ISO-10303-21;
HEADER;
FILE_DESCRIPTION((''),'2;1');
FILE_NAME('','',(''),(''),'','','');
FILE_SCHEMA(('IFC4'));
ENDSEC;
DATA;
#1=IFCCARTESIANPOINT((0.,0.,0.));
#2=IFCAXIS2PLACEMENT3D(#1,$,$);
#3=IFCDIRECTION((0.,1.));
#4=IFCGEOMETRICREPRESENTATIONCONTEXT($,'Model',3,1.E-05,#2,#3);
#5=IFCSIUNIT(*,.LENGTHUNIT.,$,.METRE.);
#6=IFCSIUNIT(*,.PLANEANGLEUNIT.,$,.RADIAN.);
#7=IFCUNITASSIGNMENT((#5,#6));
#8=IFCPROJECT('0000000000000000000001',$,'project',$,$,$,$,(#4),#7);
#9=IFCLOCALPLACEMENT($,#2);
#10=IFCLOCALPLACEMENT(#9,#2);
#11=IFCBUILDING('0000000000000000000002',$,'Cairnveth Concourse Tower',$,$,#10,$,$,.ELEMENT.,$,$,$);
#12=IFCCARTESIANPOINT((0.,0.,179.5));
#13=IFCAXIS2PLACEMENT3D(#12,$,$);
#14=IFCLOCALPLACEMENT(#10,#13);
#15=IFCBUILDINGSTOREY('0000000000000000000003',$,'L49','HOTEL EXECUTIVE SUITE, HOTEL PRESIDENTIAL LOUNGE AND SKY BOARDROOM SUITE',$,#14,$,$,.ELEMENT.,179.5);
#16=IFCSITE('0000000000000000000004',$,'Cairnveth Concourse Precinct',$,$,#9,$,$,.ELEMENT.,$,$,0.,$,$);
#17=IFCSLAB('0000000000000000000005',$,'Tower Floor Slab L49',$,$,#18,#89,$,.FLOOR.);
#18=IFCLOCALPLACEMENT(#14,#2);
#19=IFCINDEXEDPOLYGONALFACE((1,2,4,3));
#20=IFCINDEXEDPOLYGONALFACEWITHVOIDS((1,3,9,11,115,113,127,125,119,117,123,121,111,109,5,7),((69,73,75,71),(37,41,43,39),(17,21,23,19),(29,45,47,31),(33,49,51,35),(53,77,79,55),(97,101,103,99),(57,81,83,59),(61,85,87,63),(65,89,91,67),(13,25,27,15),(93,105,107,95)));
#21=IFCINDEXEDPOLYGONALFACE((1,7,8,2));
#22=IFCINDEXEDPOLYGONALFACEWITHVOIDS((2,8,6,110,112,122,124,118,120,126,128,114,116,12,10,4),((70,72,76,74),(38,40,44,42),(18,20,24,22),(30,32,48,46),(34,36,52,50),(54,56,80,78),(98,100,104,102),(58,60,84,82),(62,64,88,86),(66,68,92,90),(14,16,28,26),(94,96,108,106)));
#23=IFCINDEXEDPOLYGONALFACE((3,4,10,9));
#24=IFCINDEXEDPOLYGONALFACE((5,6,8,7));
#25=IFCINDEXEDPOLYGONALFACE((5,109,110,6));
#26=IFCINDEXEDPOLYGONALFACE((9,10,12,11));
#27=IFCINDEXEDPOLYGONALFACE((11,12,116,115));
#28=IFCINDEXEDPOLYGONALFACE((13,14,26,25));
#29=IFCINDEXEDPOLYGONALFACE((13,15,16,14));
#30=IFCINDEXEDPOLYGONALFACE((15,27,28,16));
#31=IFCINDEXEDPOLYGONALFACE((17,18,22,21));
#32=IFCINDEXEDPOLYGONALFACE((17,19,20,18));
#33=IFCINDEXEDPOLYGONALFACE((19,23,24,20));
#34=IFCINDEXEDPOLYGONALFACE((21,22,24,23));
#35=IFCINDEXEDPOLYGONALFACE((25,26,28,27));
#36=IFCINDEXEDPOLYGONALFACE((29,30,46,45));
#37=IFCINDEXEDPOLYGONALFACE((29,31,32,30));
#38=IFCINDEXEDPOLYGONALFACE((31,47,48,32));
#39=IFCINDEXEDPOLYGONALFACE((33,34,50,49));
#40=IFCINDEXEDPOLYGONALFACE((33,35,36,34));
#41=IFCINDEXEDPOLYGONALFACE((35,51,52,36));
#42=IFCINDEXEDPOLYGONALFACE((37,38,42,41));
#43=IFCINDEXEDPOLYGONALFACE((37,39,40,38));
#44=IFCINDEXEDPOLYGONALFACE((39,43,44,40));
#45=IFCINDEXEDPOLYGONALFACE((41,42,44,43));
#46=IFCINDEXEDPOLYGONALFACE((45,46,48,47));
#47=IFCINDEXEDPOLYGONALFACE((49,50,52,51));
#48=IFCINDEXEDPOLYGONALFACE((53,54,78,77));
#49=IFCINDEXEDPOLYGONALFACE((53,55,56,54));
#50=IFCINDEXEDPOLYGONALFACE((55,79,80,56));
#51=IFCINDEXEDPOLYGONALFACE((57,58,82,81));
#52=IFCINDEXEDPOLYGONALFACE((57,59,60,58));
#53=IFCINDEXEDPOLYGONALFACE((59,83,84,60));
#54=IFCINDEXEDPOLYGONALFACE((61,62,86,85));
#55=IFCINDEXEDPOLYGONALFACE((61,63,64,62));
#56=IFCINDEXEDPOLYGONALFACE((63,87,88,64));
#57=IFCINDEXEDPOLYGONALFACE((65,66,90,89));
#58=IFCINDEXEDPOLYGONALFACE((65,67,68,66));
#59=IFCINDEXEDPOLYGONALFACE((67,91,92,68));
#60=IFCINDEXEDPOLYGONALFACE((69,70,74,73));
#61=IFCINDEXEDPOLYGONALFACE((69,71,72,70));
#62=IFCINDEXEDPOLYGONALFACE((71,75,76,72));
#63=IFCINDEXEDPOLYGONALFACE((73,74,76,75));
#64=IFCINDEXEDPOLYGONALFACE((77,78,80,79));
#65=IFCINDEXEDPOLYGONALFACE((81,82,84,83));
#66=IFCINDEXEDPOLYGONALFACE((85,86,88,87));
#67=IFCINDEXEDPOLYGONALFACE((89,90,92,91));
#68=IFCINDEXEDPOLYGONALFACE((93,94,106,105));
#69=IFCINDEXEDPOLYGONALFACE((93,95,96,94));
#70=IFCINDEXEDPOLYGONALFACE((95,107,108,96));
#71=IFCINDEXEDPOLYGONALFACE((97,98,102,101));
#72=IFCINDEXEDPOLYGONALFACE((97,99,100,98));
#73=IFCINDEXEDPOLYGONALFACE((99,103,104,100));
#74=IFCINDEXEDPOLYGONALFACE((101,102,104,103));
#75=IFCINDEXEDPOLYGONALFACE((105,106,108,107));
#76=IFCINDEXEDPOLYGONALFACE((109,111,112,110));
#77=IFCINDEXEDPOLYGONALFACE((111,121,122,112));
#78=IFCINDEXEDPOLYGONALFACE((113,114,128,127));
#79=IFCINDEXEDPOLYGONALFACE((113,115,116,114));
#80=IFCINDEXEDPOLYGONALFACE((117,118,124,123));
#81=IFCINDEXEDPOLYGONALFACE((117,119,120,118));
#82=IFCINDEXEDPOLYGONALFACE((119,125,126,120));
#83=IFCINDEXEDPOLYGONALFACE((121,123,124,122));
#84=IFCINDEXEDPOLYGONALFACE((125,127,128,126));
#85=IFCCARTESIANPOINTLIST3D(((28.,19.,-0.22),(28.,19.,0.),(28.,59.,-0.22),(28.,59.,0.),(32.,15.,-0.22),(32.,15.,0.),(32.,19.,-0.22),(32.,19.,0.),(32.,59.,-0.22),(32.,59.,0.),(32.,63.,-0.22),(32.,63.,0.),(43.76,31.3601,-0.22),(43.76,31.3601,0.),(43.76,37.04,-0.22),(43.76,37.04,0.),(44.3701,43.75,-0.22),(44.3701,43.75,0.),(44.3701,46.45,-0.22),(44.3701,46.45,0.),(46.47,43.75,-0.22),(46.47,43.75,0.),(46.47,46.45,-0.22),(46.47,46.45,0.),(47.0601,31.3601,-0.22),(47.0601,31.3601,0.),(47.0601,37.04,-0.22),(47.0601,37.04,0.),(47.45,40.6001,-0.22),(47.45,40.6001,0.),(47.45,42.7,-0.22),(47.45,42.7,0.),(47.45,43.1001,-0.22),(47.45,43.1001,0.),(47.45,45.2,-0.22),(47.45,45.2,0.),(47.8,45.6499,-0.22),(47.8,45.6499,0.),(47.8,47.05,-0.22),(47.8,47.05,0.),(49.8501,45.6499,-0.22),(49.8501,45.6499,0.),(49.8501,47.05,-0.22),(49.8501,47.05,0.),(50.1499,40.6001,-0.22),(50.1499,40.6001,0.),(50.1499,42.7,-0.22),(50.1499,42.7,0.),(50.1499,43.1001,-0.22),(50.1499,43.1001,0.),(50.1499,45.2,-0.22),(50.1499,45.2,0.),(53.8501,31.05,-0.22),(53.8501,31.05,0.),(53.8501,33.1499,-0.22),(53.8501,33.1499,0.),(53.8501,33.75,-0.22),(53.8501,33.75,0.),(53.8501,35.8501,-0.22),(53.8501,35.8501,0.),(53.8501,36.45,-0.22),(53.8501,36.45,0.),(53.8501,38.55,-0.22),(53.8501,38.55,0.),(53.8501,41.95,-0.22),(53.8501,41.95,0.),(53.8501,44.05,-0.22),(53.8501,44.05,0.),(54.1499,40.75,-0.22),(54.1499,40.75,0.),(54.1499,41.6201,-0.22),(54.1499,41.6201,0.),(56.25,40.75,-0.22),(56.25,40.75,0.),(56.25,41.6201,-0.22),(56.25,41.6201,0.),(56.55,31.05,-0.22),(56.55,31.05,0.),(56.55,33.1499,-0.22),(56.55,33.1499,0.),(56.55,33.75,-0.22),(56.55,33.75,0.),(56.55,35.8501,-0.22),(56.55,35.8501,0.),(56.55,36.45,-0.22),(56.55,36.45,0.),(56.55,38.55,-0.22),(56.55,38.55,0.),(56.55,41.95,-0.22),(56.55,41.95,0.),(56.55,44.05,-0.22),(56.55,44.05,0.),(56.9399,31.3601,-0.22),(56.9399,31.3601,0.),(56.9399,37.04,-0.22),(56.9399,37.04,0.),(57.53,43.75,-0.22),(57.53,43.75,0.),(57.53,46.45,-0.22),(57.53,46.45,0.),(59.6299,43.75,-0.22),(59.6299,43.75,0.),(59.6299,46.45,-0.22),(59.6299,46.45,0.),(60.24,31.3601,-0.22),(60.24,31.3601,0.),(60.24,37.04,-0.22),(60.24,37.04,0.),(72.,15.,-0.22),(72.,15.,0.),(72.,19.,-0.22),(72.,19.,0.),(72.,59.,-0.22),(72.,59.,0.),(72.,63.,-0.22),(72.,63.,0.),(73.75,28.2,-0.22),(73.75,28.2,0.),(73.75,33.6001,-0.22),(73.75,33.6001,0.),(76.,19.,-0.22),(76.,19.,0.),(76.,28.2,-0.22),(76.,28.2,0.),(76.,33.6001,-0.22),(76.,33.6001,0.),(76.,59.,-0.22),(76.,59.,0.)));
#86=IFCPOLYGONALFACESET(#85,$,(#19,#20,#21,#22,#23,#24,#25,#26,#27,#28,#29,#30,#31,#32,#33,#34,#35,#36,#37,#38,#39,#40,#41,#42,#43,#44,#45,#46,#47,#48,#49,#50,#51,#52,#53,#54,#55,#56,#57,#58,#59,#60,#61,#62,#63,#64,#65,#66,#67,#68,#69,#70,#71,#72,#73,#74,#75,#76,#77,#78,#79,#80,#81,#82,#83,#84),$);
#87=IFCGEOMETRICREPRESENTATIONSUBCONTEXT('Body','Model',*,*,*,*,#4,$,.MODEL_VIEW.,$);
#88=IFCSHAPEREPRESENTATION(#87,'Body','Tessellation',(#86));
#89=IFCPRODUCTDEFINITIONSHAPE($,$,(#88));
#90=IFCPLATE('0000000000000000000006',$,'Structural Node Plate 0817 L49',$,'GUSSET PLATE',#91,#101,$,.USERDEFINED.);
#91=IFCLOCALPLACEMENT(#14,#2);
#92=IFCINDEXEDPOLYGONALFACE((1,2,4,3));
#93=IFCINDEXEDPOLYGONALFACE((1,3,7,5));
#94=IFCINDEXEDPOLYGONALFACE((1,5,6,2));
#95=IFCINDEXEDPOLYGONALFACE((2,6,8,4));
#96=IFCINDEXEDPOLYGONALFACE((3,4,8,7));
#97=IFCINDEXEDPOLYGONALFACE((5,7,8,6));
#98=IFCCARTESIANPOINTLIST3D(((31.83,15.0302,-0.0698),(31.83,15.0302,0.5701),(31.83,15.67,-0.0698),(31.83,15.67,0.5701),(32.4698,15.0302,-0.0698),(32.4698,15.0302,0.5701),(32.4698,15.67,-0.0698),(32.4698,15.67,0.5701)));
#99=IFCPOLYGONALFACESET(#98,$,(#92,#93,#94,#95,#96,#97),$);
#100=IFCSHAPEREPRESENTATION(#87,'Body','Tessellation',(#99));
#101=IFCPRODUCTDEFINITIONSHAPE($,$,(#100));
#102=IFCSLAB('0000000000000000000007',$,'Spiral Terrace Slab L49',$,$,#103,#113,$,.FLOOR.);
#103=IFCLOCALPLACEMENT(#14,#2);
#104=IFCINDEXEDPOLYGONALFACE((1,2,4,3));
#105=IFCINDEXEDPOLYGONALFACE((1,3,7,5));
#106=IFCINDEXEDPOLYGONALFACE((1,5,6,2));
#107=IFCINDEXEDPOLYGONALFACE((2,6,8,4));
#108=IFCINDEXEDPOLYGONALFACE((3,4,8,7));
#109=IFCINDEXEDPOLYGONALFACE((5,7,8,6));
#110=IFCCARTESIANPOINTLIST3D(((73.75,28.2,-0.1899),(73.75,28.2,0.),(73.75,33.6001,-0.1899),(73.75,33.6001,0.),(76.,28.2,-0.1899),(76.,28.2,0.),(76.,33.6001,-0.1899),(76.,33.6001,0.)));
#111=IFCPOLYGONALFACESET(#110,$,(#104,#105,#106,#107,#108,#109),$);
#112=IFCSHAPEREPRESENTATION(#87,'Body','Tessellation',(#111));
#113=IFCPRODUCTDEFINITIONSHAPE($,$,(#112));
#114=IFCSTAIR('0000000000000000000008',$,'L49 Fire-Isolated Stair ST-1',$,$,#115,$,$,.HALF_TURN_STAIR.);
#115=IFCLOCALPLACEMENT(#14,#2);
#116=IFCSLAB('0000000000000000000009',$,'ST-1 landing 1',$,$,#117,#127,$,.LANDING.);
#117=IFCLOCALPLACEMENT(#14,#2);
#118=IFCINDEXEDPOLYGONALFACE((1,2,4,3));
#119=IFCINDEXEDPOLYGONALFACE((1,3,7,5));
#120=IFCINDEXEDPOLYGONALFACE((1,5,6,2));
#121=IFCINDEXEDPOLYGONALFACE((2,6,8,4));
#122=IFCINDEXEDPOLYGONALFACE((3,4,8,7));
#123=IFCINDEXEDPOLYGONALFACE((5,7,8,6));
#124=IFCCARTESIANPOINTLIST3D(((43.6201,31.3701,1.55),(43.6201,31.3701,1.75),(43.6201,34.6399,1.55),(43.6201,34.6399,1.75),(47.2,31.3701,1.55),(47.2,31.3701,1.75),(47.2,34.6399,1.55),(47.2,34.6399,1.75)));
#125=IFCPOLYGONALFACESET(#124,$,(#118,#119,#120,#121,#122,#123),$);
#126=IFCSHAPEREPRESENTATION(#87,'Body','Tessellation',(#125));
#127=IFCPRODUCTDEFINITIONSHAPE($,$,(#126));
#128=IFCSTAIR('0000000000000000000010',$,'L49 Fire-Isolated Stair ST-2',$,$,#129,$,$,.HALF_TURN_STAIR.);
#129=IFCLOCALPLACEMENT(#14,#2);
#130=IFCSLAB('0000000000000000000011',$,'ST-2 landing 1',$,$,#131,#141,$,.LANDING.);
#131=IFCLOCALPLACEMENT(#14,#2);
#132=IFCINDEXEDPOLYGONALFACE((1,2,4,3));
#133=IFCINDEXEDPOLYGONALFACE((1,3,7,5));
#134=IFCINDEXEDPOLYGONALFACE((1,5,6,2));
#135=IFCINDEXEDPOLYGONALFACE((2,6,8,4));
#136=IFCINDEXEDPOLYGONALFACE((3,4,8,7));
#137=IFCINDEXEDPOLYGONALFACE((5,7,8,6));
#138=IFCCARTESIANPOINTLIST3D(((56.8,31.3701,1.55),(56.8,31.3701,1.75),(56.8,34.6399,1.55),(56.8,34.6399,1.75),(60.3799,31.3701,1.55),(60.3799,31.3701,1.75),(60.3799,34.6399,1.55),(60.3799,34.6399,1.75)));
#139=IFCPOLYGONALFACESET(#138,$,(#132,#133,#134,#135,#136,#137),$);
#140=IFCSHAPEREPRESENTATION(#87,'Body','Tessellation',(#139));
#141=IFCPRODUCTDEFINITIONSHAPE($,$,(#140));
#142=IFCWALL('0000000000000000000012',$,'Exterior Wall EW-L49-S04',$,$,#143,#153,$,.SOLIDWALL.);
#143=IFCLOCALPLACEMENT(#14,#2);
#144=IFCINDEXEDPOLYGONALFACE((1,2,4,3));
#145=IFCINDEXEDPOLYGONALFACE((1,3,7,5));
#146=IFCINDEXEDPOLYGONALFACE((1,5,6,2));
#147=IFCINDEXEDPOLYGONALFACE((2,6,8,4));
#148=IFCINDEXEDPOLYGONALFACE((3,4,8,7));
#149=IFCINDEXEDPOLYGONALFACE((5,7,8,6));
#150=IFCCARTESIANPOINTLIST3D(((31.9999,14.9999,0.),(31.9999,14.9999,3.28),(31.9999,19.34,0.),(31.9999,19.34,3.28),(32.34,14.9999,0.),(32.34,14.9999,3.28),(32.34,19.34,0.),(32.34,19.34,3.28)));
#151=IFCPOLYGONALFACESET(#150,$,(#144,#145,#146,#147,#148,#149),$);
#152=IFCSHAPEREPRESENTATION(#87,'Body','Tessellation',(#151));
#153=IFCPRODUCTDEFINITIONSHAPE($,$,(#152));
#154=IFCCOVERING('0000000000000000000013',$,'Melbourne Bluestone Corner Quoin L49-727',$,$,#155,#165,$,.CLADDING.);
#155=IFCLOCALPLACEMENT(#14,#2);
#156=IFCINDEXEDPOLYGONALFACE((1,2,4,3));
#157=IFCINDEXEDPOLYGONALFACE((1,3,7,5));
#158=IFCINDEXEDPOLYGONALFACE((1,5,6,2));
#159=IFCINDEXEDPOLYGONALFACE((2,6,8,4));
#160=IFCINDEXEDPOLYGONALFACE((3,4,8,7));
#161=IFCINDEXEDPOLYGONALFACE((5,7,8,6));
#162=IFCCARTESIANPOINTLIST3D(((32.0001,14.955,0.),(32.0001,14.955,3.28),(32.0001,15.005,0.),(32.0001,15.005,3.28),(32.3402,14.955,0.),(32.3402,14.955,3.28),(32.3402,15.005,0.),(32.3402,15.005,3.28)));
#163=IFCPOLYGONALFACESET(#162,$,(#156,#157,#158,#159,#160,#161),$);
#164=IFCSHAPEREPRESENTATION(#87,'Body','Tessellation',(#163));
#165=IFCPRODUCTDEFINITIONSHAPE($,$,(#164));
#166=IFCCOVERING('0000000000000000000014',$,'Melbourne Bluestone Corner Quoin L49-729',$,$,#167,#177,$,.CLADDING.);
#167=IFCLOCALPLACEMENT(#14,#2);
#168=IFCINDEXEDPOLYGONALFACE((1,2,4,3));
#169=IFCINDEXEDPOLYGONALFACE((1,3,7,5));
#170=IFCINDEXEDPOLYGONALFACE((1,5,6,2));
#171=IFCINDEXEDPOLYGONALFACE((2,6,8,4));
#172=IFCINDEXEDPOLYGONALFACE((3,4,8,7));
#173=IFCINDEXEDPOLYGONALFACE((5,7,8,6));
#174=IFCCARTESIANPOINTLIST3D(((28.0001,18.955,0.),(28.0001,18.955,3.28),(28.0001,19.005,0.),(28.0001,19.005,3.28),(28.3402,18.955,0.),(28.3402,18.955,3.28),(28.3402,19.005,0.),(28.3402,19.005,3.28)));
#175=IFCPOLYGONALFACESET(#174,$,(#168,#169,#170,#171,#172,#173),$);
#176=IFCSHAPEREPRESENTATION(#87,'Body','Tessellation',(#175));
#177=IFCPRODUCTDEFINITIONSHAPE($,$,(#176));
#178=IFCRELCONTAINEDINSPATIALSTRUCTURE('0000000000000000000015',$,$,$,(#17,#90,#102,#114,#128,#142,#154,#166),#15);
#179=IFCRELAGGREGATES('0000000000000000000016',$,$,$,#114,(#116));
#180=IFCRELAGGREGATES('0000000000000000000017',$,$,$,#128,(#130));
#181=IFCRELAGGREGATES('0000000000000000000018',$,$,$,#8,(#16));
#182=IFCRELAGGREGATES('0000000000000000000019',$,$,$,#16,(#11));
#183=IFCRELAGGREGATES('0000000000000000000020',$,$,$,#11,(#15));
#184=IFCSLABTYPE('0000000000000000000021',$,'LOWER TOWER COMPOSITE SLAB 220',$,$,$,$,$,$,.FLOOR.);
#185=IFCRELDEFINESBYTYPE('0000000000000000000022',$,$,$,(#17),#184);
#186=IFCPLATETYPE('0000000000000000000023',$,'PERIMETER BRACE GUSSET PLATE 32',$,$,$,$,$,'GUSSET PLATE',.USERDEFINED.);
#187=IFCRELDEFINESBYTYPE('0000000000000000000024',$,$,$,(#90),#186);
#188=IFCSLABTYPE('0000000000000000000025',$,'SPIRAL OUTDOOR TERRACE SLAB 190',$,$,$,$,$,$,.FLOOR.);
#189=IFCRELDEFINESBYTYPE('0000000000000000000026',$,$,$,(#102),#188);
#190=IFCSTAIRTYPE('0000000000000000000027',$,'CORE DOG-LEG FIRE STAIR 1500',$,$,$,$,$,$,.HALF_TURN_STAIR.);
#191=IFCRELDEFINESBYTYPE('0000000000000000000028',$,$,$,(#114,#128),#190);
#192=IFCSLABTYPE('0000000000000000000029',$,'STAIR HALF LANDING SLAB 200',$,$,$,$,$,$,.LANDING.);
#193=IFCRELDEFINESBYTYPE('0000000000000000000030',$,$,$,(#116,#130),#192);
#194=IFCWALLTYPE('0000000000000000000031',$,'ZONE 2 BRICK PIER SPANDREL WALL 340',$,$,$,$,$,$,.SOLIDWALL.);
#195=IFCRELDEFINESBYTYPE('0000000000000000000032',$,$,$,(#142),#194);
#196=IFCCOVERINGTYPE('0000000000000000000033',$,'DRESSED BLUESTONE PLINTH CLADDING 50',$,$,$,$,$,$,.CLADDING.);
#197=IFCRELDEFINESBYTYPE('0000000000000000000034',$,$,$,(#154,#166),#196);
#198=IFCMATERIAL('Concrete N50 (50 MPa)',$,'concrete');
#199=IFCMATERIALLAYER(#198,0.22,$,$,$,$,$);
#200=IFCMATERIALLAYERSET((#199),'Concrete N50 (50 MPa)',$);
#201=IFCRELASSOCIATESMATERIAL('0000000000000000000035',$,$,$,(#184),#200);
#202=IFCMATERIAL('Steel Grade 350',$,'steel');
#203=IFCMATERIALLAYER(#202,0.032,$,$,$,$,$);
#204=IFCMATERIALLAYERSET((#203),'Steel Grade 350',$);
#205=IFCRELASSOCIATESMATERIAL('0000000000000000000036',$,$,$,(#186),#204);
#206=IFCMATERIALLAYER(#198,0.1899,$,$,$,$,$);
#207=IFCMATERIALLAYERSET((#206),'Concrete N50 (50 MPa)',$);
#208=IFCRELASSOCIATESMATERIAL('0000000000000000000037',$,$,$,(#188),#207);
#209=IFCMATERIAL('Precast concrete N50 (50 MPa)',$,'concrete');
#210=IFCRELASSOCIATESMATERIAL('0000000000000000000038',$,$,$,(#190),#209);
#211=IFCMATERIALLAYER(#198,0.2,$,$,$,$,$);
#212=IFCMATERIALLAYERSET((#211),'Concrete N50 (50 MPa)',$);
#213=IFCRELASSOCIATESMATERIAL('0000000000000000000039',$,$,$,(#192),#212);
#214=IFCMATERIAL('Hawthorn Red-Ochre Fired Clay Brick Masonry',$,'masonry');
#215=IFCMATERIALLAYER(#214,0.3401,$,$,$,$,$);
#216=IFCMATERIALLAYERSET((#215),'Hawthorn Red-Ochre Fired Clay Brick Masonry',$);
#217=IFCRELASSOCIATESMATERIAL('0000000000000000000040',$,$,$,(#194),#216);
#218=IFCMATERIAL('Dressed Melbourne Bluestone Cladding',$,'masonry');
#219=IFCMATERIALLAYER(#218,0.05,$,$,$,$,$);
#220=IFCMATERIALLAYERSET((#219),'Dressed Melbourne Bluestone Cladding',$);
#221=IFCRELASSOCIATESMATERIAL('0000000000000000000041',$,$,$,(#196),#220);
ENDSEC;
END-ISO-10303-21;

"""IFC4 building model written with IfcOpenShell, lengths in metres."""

from ifc_helpers import new_model, si_unit, direction, frame, frame_2d, origin, origin_2d, place, context, subcontext, project, spatial, polyline, rectangle, outline, extrude, material, layer, layer_set, type_object, element, aggregate, save


model = new_model("IFC4")

# Units and contexts
model_context = context("Model", 3, precision=1e-05, world=origin(), true_north=direction((0.0, 1.0)))
body_context = subcontext(model_context, "Body", "Model", "MODEL_VIEW")
ifc_project = project(units=[si_unit("LENGTHUNIT", "METRE"), si_unit("PLANEANGLEUNIT", "RADIAN")], contexts=[model_context])

# Site, building, storey
site_placement = place(None, origin())
site = spatial("IfcSite", under=ifc_project, at=site_placement, Name="Cairnveth Concourse Precinct", CompositionType="ELEMENT", RefElevation=0.0)
building_placement = place(site_placement, origin())
building = spatial("IfcBuilding", under=site, at=building_placement, Name="Cairnveth Concourse Tower", CompositionType="ELEMENT")
storey_placement = place(building_placement, frame((0.0, 0.0, 179.5)))
storey = spatial("IfcBuildingStorey", under=building, at=storey_placement, Name="L49", Description="HOTEL EXECUTIVE SUITE, HOTEL PRESIDENTIAL LOUNGE AND SKY BOARDROOM SUITE", CompositionType="ELEMENT", Elevation=179.5)

# Shared definitions
ifc_material_1 = material(Name="Steel Grade 350", Category="steel")

# Slab
ifc_material_2 = material(Name="Concrete N50 (50 MPa)", Category="concrete")
ifc_layer_1 = layer(ifc_material_2, 0.22)
ifc_layer_set_1 = layer_set([ifc_layer_1], Name="Concrete N50 (50 MPa)")
slab_type_1 = type_object("IfcSlabType", Name="LOWER TOWER COMPOSITE SLAB 220", PredefinedType="FLOOR", material=ifc_layer_set_1)
slab_1_placement = place(storey_placement, frame((0.0, 0.0, -0.22)))
element("IfcSlab", 1, at=slab_1_placement, inside=storey, type_object=slab_type_1, Name="Tower Floor Slab L49", PredefinedType="FLOOR", context=body_context, shape_type="SweptSolid", body=[
    extrude(outline(polyline([(76.0, 28.2), (73.75, 28.2), (73.75, 33.6001), (76.0, 33.6001), (76.0, 59.0), (72.0, 59.0), (72.0, 63.0), (32.0, 63.0), (32.0, 59.0), (28.0, 59.0), (28.0, 19.0), (32.0, 19.0), (32.0, 15.0), (72.0, 15.0), (72.0, 19.0), (76.0, 19.0), (76.0, 28.2)]), holes=[polyline([(43.76, 31.3601), (47.0601, 31.3601), (47.0601, 37.04), (43.76, 37.04), (43.76, 31.3601)]), polyline([(56.9399, 31.3601), (60.24, 31.3601), (60.24, 37.04), (56.9399, 37.04), (56.9399, 31.3601)]), polyline([(44.3701, 43.75), (46.47, 43.75), (46.47, 46.45), (44.3701, 46.45), (44.3701, 43.75)]), polyline([(57.53, 43.75), (59.6299, 43.75), (59.6299, 46.45), (57.53, 46.45), (57.53, 43.75)]), polyline([(53.8501, 31.05), (56.55, 31.05), (56.55, 33.1499), (53.8501, 33.1499), (53.8501, 31.05)]), polyline([(53.8501, 33.75), (56.55, 33.75), (56.55, 35.8501), (53.8501, 35.8501), (53.8501, 33.75)]), polyline([(53.8501, 36.45), (56.55, 36.45), (56.55, 38.55), (53.8501, 38.55), (53.8501, 36.45)]), polyline([(47.45, 40.6001), (50.1499, 40.6001), (50.1499, 42.7), (47.45, 42.7), (47.45, 40.6001)]), polyline([(47.45, 43.1001), (50.1499, 43.1001), (50.1499, 45.2), (47.45, 45.2), (47.45, 43.1001)]), polyline([(53.8501, 41.95), (56.55, 41.95), (56.55, 44.05), (53.8501, 44.05), (53.8501, 41.95)]), polyline([(47.8, 45.6499), (49.8501, 45.6499), (49.8501, 47.05), (47.8, 47.05), (47.8, 45.6499)]), polyline([(54.1499, 40.75), (56.25, 40.75), (56.25, 41.6201), (54.1499, 41.6201), (54.1499, 40.75)])]), origin(), (0.0, 0.0, 1.0), 0.22),
])

# Plate
ifc_layer_2 = layer(ifc_material_1, 0.032)
ifc_layer_set_2 = layer_set([ifc_layer_2], Name="Steel Grade 350")
plate_type = type_object("IfcPlateType", Name="PERIMETER BRACE GUSSET PLATE 32", ElementType="GUSSET PLATE", PredefinedType="USERDEFINED", material=ifc_layer_set_2)
plate_placement = place(storey_placement, frame((32.1499, 15.3501, -0.0698), z_axis=(0.0, 0.0, 1.0), x_axis=(1.0, 0.0, 0.0)))
element("IfcPlate", 2, at=plate_placement, inside=storey, type_object=plate_type, Name="Structural Node Plate 0817 L49", ObjectType="GUSSET PLATE", PredefinedType="USERDEFINED", context=body_context, shape_type="SweptSolid", body=[
    extrude(rectangle(XDim=0.6399, YDim=0.6399, at=origin_2d()), origin(), (0.0, 0.0, 1.0), 0.6399),
])

# Slab
ifc_layer_3 = layer(ifc_material_2, 0.1899)
ifc_layer_set_3 = layer_set([ifc_layer_3], Name="Concrete N50 (50 MPa)")
slab_type_2 = type_object("IfcSlabType", Name="SPIRAL OUTDOOR TERRACE SLAB 190", PredefinedType="FLOOR", material=ifc_layer_set_3)
slab_2_placement = place(storey_placement, frame((0.0, 0.0, -0.1899)))
element("IfcSlab", 3, at=slab_2_placement, inside=storey, type_object=slab_type_2, Name="Spiral Terrace Slab L49", PredefinedType="FLOOR", context=body_context, shape_type="SweptSolid", body=[
    extrude(outline(polyline([(73.75, 28.2), (76.0, 28.2), (76.0, 33.6001), (73.75, 33.6001), (73.75, 28.2)])), origin(), (0.0, 0.0, 1.0), 0.1899),
])

# Stairs, slabs
ifc_material_3 = material(Name="Precast concrete N50 (50 MPa)", Category="concrete")
stair_type = type_object("IfcStairType", Name="CORE DOG-LEG FIRE STAIR 1500", PredefinedType="HALF_TURN_STAIR", material=ifc_material_3)
stair_1_placement = place(storey_placement, origin())
stair_1 = element("IfcStair", 4, at=stair_1_placement, inside=storey, type_object=stair_type, Name="L49 Fire-Isolated Stair ST-1", PredefinedType="HALF_TURN_STAIR")
ifc_layer_4 = layer(ifc_material_2, 0.2)
ifc_layer_set_4 = layer_set([ifc_layer_4], Name="Concrete N50 (50 MPa)")
slab_type_3 = type_object("IfcSlabType", Name="STAIR HALF LANDING SLAB 200", PredefinedType="LANDING", material=ifc_layer_set_4)
slab_3_placement = place(storey_placement, frame((0.0, 0.0, 1.55)))
slab_3 = element("IfcSlab", 5, at=slab_3_placement, type_object=slab_type_3, Name="ST-1 landing 1", PredefinedType="LANDING", context=body_context, shape_type="SweptSolid", body=[
    extrude(outline(polyline([(43.6201, 34.6399), (43.6201, 31.3701), (47.2, 31.3701), (47.2, 34.6399), (43.6201, 34.6399)])), origin(), (0.0, 0.0, 1.0), 0.2),
])
aggregate(stair_1, [slab_3])
stair_2_placement = place(storey_placement, origin())
stair_2 = element("IfcStair", 6, at=stair_2_placement, inside=storey, type_object=stair_type, Name="L49 Fire-Isolated Stair ST-2", PredefinedType="HALF_TURN_STAIR")
slab_4_placement = place(storey_placement, frame((0.0, 0.0, 1.55)))
slab_4 = element("IfcSlab", 7, at=slab_4_placement, type_object=slab_type_3, Name="ST-2 landing 1", PredefinedType="LANDING", context=body_context, shape_type="SweptSolid", body=[
    extrude(outline(polyline([(56.8, 34.6399), (56.8, 31.3701), (60.3799, 31.3701), (60.3799, 34.6399), (56.8, 34.6399)])), origin(), (0.0, 0.0, 1.0), 0.2),
])
aggregate(stair_2, [slab_4])

# Wall
ifc_material_4 = material(Name="Hawthorn Red-Ochre Fired Clay Brick Masonry", Category="masonry")
ifc_layer_5 = layer(ifc_material_4, 0.3401)
ifc_layer_set_5 = layer_set([ifc_layer_5], Name="Hawthorn Red-Ochre Fired Clay Brick Masonry")
wall_type = type_object("IfcWallType", Name="ZONE 2 BRICK PIER SPANDREL WALL 340", PredefinedType="SOLIDWALL", material=ifc_layer_set_5)
wall_1_placement = place(storey_placement, frame((32.1699, 15.0, 0.0), z_axis=(0.0, 0.0, 1.0), x_axis=(0.0, 1.0, 0.0)))
element("IfcWall", 8, at=wall_1_placement, inside=storey, type_object=wall_type, Name="Exterior Wall EW-L49-S04", PredefinedType="SOLIDWALL", context=body_context, shape_type="SweptSolid", body=[
    extrude(rectangle(XDim=4.3401, YDim=0.3401, at=frame_2d((2.1699, 0.0))), origin(), (0.0, 0.0, 1.0), 3.28),
])

# Coverings
ifc_material_5 = material(Name="Dressed Melbourne Bluestone Cladding", Category="masonry")
ifc_layer_6 = layer(ifc_material_5, 0.05)
ifc_layer_set_6 = layer_set([ifc_layer_6], Name="Dressed Melbourne Bluestone Cladding")
covering_type = type_object("IfcCoveringType", Name="DRESSED BLUESTONE PLINTH CLADDING 50", PredefinedType="CLADDING", material=ifc_layer_set_6)
for number, where, z_axis, x_axis, name in (
    (9, (32.3401, 14.98, 0.0), (0.0, 0.0, 1.0), (-1.0, 0.0, 0.0), "Melbourne Bluestone Corner Quoin L49-727"),
    (10, (28.3401, 18.98, 0.0), (0.0, 0.0, 1.0), (-1.0, 0.0, 0.0), "Melbourne Bluestone Corner Quoin L49-729"),
):
    element("IfcCovering", number, at=place(storey_placement, frame(where, z_axis=z_axis, x_axis=x_axis)), inside=storey, type_object=covering_type, Name=name, PredefinedType="CLADDING", context=body_context, shape_type="SweptSolid", body=[
        extrude(rectangle(XDim=0.3401, YDim=0.05, at=frame_2d((0.1699, 0.0))), origin(), (0.0, 0.0, 1.0), 3.28),
    ])

save(model, "model.ifc")
